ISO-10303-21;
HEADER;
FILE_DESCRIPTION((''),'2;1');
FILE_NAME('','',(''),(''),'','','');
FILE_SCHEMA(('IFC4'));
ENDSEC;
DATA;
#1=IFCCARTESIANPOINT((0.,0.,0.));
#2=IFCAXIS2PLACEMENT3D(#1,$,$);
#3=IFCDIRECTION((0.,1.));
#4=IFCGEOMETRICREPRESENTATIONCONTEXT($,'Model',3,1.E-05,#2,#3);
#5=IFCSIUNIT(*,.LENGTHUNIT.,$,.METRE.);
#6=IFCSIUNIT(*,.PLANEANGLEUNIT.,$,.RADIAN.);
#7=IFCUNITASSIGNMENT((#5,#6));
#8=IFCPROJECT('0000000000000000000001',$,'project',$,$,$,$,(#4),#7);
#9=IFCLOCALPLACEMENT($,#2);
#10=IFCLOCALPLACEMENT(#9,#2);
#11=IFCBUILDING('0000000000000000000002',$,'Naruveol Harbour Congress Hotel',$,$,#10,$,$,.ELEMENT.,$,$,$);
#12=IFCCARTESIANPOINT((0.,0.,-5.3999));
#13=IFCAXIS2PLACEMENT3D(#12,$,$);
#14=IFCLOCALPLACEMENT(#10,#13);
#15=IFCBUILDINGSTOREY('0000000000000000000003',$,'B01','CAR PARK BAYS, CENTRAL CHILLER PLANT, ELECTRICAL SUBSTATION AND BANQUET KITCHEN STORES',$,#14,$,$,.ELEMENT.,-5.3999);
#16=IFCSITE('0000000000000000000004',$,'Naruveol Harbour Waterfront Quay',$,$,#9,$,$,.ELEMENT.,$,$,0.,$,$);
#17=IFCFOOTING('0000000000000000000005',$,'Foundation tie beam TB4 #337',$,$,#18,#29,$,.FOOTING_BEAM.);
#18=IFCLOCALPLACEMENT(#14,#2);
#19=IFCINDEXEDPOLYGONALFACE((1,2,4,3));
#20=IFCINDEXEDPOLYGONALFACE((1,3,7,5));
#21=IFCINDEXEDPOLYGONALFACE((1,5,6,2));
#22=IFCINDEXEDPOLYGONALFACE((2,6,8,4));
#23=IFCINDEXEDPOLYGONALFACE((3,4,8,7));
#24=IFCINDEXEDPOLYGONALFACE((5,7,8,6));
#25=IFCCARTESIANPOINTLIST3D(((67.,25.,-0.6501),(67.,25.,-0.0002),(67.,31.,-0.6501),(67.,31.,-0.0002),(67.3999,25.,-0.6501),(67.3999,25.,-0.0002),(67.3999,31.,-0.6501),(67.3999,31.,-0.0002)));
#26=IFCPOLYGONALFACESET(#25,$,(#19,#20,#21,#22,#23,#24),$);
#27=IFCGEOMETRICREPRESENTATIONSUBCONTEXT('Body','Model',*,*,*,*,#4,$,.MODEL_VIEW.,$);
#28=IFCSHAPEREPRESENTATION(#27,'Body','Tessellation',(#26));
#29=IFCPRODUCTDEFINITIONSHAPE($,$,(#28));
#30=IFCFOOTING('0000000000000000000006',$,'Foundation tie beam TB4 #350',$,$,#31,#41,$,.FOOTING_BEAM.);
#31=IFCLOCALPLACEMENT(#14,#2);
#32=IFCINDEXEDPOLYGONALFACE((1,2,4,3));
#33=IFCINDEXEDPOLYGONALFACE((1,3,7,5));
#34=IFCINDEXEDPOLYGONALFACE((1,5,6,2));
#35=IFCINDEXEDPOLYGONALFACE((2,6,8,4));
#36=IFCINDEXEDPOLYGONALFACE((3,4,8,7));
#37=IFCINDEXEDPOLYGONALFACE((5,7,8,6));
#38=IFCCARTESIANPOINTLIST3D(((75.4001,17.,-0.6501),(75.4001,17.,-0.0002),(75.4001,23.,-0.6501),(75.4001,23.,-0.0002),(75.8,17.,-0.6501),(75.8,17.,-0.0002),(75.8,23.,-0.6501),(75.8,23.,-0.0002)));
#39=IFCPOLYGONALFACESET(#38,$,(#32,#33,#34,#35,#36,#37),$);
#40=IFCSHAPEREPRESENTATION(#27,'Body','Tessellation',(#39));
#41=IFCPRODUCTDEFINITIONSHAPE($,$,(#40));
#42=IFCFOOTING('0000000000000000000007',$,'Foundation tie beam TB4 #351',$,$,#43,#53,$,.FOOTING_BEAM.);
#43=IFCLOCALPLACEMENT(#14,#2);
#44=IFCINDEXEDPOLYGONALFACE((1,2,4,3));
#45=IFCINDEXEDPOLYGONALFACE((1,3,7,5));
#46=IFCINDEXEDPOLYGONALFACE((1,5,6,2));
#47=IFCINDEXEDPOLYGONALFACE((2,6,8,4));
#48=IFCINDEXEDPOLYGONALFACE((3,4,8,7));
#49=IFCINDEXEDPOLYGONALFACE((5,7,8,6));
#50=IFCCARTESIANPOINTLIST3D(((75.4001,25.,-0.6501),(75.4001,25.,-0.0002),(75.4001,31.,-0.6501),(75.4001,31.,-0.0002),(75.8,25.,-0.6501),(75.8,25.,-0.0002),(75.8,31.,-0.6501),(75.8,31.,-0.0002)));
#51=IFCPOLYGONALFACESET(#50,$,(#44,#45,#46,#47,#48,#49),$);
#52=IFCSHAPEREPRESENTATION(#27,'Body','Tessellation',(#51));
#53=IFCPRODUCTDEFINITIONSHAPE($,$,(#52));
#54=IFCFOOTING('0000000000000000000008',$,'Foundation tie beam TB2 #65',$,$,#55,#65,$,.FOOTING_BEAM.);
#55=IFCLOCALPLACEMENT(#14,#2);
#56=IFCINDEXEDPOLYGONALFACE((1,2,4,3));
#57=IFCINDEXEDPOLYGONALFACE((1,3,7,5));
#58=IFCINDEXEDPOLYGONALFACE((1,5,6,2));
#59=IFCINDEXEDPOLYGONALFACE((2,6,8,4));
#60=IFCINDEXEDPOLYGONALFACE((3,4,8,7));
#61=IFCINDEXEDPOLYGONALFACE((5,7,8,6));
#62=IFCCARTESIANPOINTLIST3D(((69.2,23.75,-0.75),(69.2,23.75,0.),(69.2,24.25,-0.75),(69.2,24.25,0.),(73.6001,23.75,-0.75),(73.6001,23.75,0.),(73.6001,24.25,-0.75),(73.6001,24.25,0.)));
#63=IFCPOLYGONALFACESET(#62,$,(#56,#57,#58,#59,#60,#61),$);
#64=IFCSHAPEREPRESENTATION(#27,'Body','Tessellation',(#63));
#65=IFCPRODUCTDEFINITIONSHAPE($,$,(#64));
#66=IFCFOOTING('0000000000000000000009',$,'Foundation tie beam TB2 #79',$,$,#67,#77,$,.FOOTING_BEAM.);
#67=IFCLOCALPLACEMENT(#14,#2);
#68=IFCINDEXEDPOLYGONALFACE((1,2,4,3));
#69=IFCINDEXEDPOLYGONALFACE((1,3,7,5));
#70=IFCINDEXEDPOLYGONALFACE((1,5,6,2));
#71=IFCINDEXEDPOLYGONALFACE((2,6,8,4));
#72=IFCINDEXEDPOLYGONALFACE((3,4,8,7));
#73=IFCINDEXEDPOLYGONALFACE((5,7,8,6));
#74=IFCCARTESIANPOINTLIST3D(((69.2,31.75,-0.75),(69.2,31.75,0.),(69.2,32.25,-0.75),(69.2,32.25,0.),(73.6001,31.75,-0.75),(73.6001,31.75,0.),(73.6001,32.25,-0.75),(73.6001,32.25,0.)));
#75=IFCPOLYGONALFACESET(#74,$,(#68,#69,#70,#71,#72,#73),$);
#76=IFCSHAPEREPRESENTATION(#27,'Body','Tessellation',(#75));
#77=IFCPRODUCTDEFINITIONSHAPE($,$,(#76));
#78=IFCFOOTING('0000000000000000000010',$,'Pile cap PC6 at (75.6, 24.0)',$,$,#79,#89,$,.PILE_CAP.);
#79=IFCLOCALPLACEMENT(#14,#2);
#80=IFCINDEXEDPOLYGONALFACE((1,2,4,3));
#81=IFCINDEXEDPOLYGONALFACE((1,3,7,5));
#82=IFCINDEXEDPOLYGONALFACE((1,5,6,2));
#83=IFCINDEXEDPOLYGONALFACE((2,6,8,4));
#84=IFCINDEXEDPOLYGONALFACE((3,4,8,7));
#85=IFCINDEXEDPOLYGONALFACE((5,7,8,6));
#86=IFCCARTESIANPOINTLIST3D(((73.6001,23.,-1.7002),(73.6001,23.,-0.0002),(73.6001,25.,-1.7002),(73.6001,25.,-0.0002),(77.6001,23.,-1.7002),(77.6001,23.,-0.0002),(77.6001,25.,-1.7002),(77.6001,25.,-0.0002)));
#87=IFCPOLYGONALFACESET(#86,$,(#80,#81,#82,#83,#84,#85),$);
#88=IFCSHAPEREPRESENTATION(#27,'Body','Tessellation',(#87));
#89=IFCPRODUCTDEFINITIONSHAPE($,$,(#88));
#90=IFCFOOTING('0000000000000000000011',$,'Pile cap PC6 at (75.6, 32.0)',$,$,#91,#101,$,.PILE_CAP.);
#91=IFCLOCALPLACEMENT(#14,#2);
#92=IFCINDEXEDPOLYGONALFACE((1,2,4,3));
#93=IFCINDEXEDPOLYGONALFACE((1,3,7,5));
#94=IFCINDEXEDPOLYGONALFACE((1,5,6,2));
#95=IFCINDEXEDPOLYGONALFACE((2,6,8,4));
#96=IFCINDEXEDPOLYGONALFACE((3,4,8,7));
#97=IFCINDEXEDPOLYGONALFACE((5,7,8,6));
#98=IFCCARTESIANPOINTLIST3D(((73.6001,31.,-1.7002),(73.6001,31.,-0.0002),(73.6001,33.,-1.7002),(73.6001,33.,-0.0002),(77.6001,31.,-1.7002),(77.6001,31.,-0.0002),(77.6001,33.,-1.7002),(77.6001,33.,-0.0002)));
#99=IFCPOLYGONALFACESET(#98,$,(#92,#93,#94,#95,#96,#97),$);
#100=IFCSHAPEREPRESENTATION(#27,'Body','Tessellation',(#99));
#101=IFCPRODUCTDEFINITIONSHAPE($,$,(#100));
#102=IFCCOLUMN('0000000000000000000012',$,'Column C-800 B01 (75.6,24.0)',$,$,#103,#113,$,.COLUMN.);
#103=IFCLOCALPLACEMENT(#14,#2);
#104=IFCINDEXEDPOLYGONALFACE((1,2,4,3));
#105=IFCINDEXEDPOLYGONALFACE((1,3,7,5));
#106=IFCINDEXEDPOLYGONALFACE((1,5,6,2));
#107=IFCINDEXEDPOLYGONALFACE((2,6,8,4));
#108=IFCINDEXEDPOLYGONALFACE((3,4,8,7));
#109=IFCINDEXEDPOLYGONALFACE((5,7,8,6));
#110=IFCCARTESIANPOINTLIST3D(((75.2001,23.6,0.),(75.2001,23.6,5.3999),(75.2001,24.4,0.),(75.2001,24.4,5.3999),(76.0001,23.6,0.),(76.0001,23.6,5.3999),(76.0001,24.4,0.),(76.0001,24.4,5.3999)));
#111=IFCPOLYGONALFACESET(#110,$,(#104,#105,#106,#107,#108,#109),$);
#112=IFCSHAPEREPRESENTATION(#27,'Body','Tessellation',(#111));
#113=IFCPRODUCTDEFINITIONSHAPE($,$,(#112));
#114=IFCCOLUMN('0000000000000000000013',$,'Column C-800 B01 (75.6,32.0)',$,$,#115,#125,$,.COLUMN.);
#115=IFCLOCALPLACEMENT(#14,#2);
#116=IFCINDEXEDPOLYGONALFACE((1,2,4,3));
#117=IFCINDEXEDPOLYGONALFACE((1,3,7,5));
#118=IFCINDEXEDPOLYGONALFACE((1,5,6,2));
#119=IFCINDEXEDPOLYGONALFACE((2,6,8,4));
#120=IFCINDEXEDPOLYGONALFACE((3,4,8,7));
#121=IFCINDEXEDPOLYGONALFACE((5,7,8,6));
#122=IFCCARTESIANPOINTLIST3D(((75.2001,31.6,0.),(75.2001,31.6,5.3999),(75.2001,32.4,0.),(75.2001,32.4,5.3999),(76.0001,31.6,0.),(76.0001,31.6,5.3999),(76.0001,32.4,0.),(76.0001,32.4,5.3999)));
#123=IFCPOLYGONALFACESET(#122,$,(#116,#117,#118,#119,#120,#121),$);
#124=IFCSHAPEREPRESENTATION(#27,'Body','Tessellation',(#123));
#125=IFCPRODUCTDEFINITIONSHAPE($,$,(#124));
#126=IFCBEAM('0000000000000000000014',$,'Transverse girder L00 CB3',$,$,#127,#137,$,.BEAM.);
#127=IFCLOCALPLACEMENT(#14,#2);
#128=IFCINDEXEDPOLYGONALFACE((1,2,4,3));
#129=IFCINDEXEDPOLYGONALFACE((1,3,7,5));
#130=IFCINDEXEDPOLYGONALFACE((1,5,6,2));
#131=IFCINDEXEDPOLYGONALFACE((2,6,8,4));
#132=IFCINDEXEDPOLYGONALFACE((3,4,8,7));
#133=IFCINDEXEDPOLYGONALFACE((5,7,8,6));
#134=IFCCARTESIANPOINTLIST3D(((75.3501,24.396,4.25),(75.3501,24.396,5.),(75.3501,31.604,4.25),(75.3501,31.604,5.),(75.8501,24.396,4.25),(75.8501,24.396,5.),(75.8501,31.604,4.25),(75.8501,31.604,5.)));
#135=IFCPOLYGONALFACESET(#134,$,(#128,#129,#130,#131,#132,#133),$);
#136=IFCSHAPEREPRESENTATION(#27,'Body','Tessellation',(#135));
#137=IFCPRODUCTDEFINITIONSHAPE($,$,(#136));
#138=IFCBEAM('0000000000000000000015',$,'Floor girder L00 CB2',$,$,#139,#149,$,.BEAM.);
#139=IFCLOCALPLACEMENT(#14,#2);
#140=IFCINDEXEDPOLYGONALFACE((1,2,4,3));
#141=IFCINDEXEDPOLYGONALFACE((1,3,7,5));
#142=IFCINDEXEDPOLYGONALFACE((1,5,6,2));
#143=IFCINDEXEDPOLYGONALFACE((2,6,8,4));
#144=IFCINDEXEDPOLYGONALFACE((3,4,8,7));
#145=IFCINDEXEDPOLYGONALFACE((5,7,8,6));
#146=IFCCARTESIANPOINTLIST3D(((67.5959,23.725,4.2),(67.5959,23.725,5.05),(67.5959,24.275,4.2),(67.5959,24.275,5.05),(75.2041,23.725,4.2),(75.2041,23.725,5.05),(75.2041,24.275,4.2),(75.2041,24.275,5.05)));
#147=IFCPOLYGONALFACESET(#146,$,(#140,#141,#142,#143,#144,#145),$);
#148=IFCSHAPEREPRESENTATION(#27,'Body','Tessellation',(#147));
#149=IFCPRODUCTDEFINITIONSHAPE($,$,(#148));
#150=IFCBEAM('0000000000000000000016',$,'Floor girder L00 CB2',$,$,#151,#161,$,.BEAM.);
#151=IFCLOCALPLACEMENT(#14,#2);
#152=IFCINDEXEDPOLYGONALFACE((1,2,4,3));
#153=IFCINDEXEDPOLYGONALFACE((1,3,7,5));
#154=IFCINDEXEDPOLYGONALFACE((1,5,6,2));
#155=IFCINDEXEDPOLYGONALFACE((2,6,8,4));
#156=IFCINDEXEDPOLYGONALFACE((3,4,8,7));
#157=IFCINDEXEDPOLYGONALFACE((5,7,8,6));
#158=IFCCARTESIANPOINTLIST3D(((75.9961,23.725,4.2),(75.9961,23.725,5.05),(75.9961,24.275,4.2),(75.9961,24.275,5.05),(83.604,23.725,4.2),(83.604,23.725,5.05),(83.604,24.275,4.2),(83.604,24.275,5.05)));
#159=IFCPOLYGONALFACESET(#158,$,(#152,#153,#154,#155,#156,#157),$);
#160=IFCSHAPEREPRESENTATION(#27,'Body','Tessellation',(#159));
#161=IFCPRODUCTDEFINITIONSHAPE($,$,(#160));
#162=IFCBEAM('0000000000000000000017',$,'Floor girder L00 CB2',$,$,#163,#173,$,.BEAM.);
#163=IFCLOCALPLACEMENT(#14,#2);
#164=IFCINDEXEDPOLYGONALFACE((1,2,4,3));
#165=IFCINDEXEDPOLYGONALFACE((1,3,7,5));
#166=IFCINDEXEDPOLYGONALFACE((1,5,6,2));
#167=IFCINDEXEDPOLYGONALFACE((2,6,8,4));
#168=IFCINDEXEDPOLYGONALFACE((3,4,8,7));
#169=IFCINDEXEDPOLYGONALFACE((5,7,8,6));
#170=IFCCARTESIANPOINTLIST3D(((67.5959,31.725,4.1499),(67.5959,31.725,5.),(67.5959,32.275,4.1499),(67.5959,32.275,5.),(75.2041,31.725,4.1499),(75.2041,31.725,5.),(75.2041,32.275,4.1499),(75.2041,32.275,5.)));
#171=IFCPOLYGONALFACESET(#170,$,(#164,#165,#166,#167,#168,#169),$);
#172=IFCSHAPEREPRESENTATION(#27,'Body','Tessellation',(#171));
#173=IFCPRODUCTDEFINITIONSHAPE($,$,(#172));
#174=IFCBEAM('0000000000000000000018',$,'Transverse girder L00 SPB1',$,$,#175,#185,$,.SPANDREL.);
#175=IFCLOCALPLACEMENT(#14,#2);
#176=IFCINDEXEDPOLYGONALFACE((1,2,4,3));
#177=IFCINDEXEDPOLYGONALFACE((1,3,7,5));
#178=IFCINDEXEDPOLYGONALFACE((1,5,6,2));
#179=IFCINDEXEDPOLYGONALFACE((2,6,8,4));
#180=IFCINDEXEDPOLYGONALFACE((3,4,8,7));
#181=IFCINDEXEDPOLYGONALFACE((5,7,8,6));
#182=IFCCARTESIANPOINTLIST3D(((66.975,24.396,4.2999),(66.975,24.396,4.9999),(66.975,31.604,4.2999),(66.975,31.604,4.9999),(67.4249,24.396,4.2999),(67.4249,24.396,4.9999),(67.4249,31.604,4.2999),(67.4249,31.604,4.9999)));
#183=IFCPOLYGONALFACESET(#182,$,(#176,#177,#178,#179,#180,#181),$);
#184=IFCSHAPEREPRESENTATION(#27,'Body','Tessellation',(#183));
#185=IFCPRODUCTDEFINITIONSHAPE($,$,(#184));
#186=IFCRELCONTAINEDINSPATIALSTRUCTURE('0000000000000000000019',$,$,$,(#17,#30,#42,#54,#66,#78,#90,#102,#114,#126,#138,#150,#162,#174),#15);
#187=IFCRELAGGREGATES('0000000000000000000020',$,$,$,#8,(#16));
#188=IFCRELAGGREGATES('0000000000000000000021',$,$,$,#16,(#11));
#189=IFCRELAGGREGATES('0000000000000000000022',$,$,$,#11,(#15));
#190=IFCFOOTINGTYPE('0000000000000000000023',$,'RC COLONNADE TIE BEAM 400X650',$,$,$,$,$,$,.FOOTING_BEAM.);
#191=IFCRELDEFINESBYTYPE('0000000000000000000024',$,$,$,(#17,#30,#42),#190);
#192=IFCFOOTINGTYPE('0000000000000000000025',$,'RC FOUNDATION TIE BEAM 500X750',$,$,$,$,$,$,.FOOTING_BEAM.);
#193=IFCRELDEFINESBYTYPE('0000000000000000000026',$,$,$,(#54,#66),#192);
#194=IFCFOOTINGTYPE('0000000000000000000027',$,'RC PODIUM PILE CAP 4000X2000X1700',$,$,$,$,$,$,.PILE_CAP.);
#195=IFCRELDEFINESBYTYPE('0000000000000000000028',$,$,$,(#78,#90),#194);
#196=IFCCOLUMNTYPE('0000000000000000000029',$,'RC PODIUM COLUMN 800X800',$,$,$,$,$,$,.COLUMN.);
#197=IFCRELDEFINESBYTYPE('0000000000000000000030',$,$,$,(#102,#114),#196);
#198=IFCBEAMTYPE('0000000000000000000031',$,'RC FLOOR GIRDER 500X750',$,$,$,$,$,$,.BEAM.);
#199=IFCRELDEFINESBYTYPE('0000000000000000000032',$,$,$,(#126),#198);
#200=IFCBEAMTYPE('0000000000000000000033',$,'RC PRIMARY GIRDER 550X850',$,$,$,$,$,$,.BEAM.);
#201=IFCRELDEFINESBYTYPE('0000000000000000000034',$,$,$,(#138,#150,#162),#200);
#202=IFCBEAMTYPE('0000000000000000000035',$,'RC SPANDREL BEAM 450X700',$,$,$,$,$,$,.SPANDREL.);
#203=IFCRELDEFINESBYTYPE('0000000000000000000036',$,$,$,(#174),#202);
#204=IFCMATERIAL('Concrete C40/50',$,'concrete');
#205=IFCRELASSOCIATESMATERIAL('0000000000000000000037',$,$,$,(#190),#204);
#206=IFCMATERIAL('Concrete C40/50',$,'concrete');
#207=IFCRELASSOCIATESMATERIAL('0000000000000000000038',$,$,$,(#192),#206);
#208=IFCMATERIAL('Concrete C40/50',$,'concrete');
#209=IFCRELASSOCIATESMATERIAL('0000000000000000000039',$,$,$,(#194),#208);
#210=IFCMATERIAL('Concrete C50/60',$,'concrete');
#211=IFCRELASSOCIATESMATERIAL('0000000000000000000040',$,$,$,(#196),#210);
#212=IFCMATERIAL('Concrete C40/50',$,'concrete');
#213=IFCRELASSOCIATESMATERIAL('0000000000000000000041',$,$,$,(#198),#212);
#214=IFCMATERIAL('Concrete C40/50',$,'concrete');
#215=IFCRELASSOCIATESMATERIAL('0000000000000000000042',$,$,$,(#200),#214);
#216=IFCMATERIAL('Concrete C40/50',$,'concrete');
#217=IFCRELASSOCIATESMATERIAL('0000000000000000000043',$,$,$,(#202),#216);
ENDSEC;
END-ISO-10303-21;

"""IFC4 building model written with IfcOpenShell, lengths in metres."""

from ifc_helpers import new_model, si_unit, direction, frame, origin, origin_2d, place, context, subcontext, project, spatial, rectangle, extrude, material, material_profile, profile_set, type_object, element, save


model = new_model("IFC4")

# Units and contexts
model_context = context("Model", 3, precision=1e-05, world=origin(), true_north=direction((0.0, 1.0)))
body_context = subcontext(model_context, "Body", "Model", "MODEL_VIEW")
ifc_project = project(units=[si_unit("LENGTHUNIT", "METRE"), si_unit("PLANEANGLEUNIT", "RADIAN")], contexts=[model_context])

# Site, building, storey
site_placement = place(None, origin())
site = spatial("IfcSite", under=ifc_project, at=site_placement, Name="Naruveol Harbour Waterfront Quay", CompositionType="ELEMENT", RefElevation=0.0)
building_placement = place(site_placement, origin())
building = spatial("IfcBuilding", under=site, at=building_placement, Name="Naruveol Harbour Congress Hotel", CompositionType="ELEMENT")
storey_placement = place(building_placement, frame((0.0, 0.0, -5.3999)))
storey = spatial("IfcBuildingStorey", under=building, at=storey_placement, Name="B01", Description="CAR PARK BAYS, CENTRAL CHILLER PLANT, ELECTRICAL SUBSTATION AND BANQUET KITCHEN STORES", CompositionType="ELEMENT", Elevation=-5.3999)

# Footings
ifc_material_1 = material(Name="Concrete C40/50", Category="concrete")
ifc_material_profile_1 = material_profile(ifc_material_1, rectangle(XDim=0.3999, YDim=0.6499, at=origin_2d()), Name="RCB-400x650")
ifc_profile_set_1 = profile_set([ifc_material_profile_1], Name="Concrete C40/50")
footing_type_1 = type_object("IfcFootingType", Name="RC COLONNADE TIE BEAM 400X650", PredefinedType="FOOTING_BEAM", material=ifc_profile_set_1)
for number, where, z_axis, x_axis, name in (
    (1, (67.2, 25.0, -0.3252), (0.0, 1.0, 0.0), (-1.0, 0.0, 0.0), "Foundation tie beam TB4 #337"),
    (2, (75.6001, 17.0, -0.3252), (0.0, 1.0, 0.0), (-1.0, 0.0, 0.0), "Foundation tie beam TB4 #350"),
    (3, (75.6001, 25.0, -0.3252), (0.0, 1.0, 0.0), (-1.0, 0.0, 0.0), "Foundation tie beam TB4 #351"),
):
    element("IfcFooting", number, at=place(storey_placement, frame(where, z_axis=z_axis, x_axis=x_axis)), inside=storey, type_object=footing_type_1, Name=name, PredefinedType="FOOTING_BEAM", context=body_context, shape_type="SweptSolid", body=[
        extrude(rectangle(XDim=0.3999, YDim=0.6499, at=origin_2d()), origin(), (0.0, 0.0, 1.0), 6.0),
    ])
ifc_material_2 = material(Name="Concrete C40/50", Category="concrete")
ifc_material_profile_2 = material_profile(ifc_material_2, rectangle(XDim=0.5, YDim=0.75, at=origin_2d()), Name="RCB-500x750")
ifc_profile_set_2 = profile_set([ifc_material_profile_2], Name="Concrete C40/50")
footing_type_2 = type_object("IfcFootingType", Name="RC FOUNDATION TIE BEAM 500X750", PredefinedType="FOOTING_BEAM", material=ifc_profile_set_2)
for number, where, z_axis, x_axis, name in (
    (4, (69.2, 24.0, -0.375), (1.0, 0.0, 0.0), (0.0, 1.0, 0.0), "Foundation tie beam TB2 #65"),
    (5, (69.2, 32.0, -0.375), (1.0, 0.0, 0.0), (0.0, 1.0, 0.0), "Foundation tie beam TB2 #79"),
):
    element("IfcFooting", number, at=place(storey_placement, frame(where, z_axis=z_axis, x_axis=x_axis)), inside=storey, type_object=footing_type_2, Name=name, PredefinedType="FOOTING_BEAM", context=body_context, shape_type="SweptSolid", body=[
        extrude(rectangle(XDim=0.5, YDim=0.75, at=origin_2d()), origin(), (0.0, 0.0, 1.0), 4.4001),
    ])
ifc_material_3 = material(Name="Concrete C40/50", Category="concrete")
footing_type_3 = type_object("IfcFootingType", Name="RC PODIUM PILE CAP 4000X2000X1700", PredefinedType="PILE_CAP", material=ifc_material_3)
for number, where, z_axis, x_axis, name in (
    (6, (75.6001, 24.0, -1.7002), (0.0, 0.0, 1.0), (1.0, 0.0, 0.0), "Pile cap PC6 at (75.6, 24.0)"),
    (7, (75.6001, 32.0, -1.7002), (0.0, 0.0, 1.0), (1.0, 0.0, 0.0), "Pile cap PC6 at (75.6, 32.0)"),
):
    element("IfcFooting", number, at=place(storey_placement, frame(where, z_axis=z_axis, x_axis=x_axis)), inside=storey, type_object=footing_type_3, Name=name, PredefinedType="PILE_CAP", context=body_context, shape_type="SweptSolid", body=[
        extrude(rectangle(XDim=4.0, YDim=2.0, at=origin_2d()), origin(), (0.0, 0.0, 1.0), 1.7),
    ])

# Columns
ifc_material_4 = material(Name="Concrete C50/60", Category="concrete")
ifc_material_profile_3 = material_profile(ifc_material_4, rectangle(XDim=0.8, YDim=0.8, at=origin_2d()), Name="RC-800x800")
ifc_profile_set_3 = profile_set([ifc_material_profile_3], Name="Concrete C50/60")
column_type = type_object("IfcColumnType", Name="RC PODIUM COLUMN 800X800", PredefinedType="COLUMN", material=ifc_profile_set_3)
for number, where, z_axis, x_axis, name in (
    (8, (75.6001, 24.0, 0.0), (0.0, 0.0, 1.0), (1.0, 0.0, 0.0), "Column C-800 B01 (75.6,24.0)"),
    (9, (75.6001, 32.0, 0.0), (0.0, 0.0, 1.0), (1.0, 0.0, 0.0), "Column C-800 B01 (75.6,32.0)"),
):
    element("IfcColumn", number, at=place(storey_placement, frame(where, z_axis=z_axis, x_axis=x_axis)), inside=storey, type_object=column_type, Name=name, PredefinedType="COLUMN", context=body_context, shape_type="SweptSolid", body=[
        extrude(rectangle(XDim=0.8, YDim=0.8, at=origin_2d()), origin(), (0.0, 0.0, 1.0), 5.3999),
    ])

# Beams
ifc_material_5 = material(Name="Concrete C40/50", Category="concrete")
ifc_material_profile_4 = material_profile(ifc_material_5, rectangle(XDim=0.5, YDim=0.75, at=origin_2d()), Name="RCB-500x750")
ifc_profile_set_4 = profile_set([ifc_material_profile_4], Name="Concrete C40/50")
beam_type_1 = type_object("IfcBeamType", Name="RC FLOOR GIRDER 500X750", PredefinedType="BEAM", material=ifc_profile_set_4)
beam_1_placement = place(storey_placement, frame((75.6001, 24.396, 4.625), z_axis=(0.0, 1.0, 0.0), x_axis=(-1.0, 0.0, 0.0)))
element("IfcBeam", 10, at=beam_1_placement, inside=storey, type_object=beam_type_1, Name="Transverse girder L00 CB3", PredefinedType="BEAM", context=body_context, shape_type="SweptSolid", body=[
    extrude(rectangle(XDim=0.5, YDim=0.75, at=origin_2d()), origin(), (0.0, 0.0, 1.0), 7.208),
])
ifc_material_6 = material(Name="Concrete C40/50", Category="concrete")
ifc_material_profile_5 = material_profile(ifc_material_6, rectangle(XDim=0.55, YDim=0.8501, at=origin_2d()), Name="RCB-550x850")
ifc_profile_set_5 = profile_set([ifc_material_profile_5], Name="Concrete C40/50")
beam_type_2 = type_object("IfcBeamType", Name="RC PRIMARY GIRDER 550X850", PredefinedType="BEAM", material=ifc_profile_set_5)
beam_2_placement = place(storey_placement, frame((67.5959, 24.0, 4.625), z_axis=(1.0, 0.0, 0.0), x_axis=(0.0, 1.0, 0.0)))
element("IfcBeam", 11, at=beam_2_placement, inside=storey, type_object=beam_type_2, Name="Floor girder L00 CB2", PredefinedType="BEAM", context=body_context, shape_type="SweptSolid", body=[
    extrude(rectangle(XDim=0.55, YDim=0.8501, at=origin_2d()), origin(), (0.0, 0.0, 1.0), 7.6082),
])
beam_3_placement = place(storey_placement, frame((75.9961, 24.0, 4.625), z_axis=(1.0, 0.0, 0.0), x_axis=(0.0, 1.0, 0.0)))
element("IfcBeam", 12, at=beam_3_placement, inside=storey, type_object=beam_type_2, Name="Floor girder L00 CB2", PredefinedType="BEAM", context=body_context, shape_type="SweptSolid", body=[
    extrude(rectangle(XDim=0.55, YDim=0.8501, at=origin_2d()), origin(), (0.0, 0.0, 1.0), 7.6079),
])
beam_4_placement = place(storey_placement, frame((67.5959, 32.0, 4.575), z_axis=(1.0, 0.0, 0.0), x_axis=(0.0, 1.0, 0.0)))
element("IfcBeam", 13, at=beam_4_placement, inside=storey, type_object=beam_type_2, Name="Floor girder L00 CB2", PredefinedType="BEAM", context=body_context, shape_type="SweptSolid", body=[
    extrude(rectangle(XDim=0.55, YDim=0.8501, at=origin_2d()), origin(), (0.0, 0.0, 1.0), 7.6082),
])
ifc_material_7 = material(Name="Concrete C40/50", Category="concrete")
ifc_material_profile_6 = material_profile(ifc_material_7, rectangle(XDim=0.45, YDim=0.7, at=origin_2d()), Name="RCB-450x700")
ifc_profile_set_6 = profile_set([ifc_material_profile_6], Name="Concrete C40/50")
beam_type_3 = type_object("IfcBeamType", Name="RC SPANDREL BEAM 450X700", PredefinedType="SPANDREL", material=ifc_profile_set_6)
beam_5_placement = place(storey_placement, frame((67.2, 24.396, 4.6499), z_axis=(0.0, 1.0, 0.0), x_axis=(-1.0, 0.0, 0.0)))
element("IfcBeam", 14, at=beam_5_placement, inside=storey, type_object=beam_type_3, Name="Transverse girder L00 SPB1", PredefinedType="SPANDREL", context=body_context, shape_type="SweptSolid", body=[
    extrude(rectangle(XDim=0.45, YDim=0.7, at=origin_2d()), origin(), (0.0, 0.0, 1.0), 7.208),
])

save(model, "model.ifc")
